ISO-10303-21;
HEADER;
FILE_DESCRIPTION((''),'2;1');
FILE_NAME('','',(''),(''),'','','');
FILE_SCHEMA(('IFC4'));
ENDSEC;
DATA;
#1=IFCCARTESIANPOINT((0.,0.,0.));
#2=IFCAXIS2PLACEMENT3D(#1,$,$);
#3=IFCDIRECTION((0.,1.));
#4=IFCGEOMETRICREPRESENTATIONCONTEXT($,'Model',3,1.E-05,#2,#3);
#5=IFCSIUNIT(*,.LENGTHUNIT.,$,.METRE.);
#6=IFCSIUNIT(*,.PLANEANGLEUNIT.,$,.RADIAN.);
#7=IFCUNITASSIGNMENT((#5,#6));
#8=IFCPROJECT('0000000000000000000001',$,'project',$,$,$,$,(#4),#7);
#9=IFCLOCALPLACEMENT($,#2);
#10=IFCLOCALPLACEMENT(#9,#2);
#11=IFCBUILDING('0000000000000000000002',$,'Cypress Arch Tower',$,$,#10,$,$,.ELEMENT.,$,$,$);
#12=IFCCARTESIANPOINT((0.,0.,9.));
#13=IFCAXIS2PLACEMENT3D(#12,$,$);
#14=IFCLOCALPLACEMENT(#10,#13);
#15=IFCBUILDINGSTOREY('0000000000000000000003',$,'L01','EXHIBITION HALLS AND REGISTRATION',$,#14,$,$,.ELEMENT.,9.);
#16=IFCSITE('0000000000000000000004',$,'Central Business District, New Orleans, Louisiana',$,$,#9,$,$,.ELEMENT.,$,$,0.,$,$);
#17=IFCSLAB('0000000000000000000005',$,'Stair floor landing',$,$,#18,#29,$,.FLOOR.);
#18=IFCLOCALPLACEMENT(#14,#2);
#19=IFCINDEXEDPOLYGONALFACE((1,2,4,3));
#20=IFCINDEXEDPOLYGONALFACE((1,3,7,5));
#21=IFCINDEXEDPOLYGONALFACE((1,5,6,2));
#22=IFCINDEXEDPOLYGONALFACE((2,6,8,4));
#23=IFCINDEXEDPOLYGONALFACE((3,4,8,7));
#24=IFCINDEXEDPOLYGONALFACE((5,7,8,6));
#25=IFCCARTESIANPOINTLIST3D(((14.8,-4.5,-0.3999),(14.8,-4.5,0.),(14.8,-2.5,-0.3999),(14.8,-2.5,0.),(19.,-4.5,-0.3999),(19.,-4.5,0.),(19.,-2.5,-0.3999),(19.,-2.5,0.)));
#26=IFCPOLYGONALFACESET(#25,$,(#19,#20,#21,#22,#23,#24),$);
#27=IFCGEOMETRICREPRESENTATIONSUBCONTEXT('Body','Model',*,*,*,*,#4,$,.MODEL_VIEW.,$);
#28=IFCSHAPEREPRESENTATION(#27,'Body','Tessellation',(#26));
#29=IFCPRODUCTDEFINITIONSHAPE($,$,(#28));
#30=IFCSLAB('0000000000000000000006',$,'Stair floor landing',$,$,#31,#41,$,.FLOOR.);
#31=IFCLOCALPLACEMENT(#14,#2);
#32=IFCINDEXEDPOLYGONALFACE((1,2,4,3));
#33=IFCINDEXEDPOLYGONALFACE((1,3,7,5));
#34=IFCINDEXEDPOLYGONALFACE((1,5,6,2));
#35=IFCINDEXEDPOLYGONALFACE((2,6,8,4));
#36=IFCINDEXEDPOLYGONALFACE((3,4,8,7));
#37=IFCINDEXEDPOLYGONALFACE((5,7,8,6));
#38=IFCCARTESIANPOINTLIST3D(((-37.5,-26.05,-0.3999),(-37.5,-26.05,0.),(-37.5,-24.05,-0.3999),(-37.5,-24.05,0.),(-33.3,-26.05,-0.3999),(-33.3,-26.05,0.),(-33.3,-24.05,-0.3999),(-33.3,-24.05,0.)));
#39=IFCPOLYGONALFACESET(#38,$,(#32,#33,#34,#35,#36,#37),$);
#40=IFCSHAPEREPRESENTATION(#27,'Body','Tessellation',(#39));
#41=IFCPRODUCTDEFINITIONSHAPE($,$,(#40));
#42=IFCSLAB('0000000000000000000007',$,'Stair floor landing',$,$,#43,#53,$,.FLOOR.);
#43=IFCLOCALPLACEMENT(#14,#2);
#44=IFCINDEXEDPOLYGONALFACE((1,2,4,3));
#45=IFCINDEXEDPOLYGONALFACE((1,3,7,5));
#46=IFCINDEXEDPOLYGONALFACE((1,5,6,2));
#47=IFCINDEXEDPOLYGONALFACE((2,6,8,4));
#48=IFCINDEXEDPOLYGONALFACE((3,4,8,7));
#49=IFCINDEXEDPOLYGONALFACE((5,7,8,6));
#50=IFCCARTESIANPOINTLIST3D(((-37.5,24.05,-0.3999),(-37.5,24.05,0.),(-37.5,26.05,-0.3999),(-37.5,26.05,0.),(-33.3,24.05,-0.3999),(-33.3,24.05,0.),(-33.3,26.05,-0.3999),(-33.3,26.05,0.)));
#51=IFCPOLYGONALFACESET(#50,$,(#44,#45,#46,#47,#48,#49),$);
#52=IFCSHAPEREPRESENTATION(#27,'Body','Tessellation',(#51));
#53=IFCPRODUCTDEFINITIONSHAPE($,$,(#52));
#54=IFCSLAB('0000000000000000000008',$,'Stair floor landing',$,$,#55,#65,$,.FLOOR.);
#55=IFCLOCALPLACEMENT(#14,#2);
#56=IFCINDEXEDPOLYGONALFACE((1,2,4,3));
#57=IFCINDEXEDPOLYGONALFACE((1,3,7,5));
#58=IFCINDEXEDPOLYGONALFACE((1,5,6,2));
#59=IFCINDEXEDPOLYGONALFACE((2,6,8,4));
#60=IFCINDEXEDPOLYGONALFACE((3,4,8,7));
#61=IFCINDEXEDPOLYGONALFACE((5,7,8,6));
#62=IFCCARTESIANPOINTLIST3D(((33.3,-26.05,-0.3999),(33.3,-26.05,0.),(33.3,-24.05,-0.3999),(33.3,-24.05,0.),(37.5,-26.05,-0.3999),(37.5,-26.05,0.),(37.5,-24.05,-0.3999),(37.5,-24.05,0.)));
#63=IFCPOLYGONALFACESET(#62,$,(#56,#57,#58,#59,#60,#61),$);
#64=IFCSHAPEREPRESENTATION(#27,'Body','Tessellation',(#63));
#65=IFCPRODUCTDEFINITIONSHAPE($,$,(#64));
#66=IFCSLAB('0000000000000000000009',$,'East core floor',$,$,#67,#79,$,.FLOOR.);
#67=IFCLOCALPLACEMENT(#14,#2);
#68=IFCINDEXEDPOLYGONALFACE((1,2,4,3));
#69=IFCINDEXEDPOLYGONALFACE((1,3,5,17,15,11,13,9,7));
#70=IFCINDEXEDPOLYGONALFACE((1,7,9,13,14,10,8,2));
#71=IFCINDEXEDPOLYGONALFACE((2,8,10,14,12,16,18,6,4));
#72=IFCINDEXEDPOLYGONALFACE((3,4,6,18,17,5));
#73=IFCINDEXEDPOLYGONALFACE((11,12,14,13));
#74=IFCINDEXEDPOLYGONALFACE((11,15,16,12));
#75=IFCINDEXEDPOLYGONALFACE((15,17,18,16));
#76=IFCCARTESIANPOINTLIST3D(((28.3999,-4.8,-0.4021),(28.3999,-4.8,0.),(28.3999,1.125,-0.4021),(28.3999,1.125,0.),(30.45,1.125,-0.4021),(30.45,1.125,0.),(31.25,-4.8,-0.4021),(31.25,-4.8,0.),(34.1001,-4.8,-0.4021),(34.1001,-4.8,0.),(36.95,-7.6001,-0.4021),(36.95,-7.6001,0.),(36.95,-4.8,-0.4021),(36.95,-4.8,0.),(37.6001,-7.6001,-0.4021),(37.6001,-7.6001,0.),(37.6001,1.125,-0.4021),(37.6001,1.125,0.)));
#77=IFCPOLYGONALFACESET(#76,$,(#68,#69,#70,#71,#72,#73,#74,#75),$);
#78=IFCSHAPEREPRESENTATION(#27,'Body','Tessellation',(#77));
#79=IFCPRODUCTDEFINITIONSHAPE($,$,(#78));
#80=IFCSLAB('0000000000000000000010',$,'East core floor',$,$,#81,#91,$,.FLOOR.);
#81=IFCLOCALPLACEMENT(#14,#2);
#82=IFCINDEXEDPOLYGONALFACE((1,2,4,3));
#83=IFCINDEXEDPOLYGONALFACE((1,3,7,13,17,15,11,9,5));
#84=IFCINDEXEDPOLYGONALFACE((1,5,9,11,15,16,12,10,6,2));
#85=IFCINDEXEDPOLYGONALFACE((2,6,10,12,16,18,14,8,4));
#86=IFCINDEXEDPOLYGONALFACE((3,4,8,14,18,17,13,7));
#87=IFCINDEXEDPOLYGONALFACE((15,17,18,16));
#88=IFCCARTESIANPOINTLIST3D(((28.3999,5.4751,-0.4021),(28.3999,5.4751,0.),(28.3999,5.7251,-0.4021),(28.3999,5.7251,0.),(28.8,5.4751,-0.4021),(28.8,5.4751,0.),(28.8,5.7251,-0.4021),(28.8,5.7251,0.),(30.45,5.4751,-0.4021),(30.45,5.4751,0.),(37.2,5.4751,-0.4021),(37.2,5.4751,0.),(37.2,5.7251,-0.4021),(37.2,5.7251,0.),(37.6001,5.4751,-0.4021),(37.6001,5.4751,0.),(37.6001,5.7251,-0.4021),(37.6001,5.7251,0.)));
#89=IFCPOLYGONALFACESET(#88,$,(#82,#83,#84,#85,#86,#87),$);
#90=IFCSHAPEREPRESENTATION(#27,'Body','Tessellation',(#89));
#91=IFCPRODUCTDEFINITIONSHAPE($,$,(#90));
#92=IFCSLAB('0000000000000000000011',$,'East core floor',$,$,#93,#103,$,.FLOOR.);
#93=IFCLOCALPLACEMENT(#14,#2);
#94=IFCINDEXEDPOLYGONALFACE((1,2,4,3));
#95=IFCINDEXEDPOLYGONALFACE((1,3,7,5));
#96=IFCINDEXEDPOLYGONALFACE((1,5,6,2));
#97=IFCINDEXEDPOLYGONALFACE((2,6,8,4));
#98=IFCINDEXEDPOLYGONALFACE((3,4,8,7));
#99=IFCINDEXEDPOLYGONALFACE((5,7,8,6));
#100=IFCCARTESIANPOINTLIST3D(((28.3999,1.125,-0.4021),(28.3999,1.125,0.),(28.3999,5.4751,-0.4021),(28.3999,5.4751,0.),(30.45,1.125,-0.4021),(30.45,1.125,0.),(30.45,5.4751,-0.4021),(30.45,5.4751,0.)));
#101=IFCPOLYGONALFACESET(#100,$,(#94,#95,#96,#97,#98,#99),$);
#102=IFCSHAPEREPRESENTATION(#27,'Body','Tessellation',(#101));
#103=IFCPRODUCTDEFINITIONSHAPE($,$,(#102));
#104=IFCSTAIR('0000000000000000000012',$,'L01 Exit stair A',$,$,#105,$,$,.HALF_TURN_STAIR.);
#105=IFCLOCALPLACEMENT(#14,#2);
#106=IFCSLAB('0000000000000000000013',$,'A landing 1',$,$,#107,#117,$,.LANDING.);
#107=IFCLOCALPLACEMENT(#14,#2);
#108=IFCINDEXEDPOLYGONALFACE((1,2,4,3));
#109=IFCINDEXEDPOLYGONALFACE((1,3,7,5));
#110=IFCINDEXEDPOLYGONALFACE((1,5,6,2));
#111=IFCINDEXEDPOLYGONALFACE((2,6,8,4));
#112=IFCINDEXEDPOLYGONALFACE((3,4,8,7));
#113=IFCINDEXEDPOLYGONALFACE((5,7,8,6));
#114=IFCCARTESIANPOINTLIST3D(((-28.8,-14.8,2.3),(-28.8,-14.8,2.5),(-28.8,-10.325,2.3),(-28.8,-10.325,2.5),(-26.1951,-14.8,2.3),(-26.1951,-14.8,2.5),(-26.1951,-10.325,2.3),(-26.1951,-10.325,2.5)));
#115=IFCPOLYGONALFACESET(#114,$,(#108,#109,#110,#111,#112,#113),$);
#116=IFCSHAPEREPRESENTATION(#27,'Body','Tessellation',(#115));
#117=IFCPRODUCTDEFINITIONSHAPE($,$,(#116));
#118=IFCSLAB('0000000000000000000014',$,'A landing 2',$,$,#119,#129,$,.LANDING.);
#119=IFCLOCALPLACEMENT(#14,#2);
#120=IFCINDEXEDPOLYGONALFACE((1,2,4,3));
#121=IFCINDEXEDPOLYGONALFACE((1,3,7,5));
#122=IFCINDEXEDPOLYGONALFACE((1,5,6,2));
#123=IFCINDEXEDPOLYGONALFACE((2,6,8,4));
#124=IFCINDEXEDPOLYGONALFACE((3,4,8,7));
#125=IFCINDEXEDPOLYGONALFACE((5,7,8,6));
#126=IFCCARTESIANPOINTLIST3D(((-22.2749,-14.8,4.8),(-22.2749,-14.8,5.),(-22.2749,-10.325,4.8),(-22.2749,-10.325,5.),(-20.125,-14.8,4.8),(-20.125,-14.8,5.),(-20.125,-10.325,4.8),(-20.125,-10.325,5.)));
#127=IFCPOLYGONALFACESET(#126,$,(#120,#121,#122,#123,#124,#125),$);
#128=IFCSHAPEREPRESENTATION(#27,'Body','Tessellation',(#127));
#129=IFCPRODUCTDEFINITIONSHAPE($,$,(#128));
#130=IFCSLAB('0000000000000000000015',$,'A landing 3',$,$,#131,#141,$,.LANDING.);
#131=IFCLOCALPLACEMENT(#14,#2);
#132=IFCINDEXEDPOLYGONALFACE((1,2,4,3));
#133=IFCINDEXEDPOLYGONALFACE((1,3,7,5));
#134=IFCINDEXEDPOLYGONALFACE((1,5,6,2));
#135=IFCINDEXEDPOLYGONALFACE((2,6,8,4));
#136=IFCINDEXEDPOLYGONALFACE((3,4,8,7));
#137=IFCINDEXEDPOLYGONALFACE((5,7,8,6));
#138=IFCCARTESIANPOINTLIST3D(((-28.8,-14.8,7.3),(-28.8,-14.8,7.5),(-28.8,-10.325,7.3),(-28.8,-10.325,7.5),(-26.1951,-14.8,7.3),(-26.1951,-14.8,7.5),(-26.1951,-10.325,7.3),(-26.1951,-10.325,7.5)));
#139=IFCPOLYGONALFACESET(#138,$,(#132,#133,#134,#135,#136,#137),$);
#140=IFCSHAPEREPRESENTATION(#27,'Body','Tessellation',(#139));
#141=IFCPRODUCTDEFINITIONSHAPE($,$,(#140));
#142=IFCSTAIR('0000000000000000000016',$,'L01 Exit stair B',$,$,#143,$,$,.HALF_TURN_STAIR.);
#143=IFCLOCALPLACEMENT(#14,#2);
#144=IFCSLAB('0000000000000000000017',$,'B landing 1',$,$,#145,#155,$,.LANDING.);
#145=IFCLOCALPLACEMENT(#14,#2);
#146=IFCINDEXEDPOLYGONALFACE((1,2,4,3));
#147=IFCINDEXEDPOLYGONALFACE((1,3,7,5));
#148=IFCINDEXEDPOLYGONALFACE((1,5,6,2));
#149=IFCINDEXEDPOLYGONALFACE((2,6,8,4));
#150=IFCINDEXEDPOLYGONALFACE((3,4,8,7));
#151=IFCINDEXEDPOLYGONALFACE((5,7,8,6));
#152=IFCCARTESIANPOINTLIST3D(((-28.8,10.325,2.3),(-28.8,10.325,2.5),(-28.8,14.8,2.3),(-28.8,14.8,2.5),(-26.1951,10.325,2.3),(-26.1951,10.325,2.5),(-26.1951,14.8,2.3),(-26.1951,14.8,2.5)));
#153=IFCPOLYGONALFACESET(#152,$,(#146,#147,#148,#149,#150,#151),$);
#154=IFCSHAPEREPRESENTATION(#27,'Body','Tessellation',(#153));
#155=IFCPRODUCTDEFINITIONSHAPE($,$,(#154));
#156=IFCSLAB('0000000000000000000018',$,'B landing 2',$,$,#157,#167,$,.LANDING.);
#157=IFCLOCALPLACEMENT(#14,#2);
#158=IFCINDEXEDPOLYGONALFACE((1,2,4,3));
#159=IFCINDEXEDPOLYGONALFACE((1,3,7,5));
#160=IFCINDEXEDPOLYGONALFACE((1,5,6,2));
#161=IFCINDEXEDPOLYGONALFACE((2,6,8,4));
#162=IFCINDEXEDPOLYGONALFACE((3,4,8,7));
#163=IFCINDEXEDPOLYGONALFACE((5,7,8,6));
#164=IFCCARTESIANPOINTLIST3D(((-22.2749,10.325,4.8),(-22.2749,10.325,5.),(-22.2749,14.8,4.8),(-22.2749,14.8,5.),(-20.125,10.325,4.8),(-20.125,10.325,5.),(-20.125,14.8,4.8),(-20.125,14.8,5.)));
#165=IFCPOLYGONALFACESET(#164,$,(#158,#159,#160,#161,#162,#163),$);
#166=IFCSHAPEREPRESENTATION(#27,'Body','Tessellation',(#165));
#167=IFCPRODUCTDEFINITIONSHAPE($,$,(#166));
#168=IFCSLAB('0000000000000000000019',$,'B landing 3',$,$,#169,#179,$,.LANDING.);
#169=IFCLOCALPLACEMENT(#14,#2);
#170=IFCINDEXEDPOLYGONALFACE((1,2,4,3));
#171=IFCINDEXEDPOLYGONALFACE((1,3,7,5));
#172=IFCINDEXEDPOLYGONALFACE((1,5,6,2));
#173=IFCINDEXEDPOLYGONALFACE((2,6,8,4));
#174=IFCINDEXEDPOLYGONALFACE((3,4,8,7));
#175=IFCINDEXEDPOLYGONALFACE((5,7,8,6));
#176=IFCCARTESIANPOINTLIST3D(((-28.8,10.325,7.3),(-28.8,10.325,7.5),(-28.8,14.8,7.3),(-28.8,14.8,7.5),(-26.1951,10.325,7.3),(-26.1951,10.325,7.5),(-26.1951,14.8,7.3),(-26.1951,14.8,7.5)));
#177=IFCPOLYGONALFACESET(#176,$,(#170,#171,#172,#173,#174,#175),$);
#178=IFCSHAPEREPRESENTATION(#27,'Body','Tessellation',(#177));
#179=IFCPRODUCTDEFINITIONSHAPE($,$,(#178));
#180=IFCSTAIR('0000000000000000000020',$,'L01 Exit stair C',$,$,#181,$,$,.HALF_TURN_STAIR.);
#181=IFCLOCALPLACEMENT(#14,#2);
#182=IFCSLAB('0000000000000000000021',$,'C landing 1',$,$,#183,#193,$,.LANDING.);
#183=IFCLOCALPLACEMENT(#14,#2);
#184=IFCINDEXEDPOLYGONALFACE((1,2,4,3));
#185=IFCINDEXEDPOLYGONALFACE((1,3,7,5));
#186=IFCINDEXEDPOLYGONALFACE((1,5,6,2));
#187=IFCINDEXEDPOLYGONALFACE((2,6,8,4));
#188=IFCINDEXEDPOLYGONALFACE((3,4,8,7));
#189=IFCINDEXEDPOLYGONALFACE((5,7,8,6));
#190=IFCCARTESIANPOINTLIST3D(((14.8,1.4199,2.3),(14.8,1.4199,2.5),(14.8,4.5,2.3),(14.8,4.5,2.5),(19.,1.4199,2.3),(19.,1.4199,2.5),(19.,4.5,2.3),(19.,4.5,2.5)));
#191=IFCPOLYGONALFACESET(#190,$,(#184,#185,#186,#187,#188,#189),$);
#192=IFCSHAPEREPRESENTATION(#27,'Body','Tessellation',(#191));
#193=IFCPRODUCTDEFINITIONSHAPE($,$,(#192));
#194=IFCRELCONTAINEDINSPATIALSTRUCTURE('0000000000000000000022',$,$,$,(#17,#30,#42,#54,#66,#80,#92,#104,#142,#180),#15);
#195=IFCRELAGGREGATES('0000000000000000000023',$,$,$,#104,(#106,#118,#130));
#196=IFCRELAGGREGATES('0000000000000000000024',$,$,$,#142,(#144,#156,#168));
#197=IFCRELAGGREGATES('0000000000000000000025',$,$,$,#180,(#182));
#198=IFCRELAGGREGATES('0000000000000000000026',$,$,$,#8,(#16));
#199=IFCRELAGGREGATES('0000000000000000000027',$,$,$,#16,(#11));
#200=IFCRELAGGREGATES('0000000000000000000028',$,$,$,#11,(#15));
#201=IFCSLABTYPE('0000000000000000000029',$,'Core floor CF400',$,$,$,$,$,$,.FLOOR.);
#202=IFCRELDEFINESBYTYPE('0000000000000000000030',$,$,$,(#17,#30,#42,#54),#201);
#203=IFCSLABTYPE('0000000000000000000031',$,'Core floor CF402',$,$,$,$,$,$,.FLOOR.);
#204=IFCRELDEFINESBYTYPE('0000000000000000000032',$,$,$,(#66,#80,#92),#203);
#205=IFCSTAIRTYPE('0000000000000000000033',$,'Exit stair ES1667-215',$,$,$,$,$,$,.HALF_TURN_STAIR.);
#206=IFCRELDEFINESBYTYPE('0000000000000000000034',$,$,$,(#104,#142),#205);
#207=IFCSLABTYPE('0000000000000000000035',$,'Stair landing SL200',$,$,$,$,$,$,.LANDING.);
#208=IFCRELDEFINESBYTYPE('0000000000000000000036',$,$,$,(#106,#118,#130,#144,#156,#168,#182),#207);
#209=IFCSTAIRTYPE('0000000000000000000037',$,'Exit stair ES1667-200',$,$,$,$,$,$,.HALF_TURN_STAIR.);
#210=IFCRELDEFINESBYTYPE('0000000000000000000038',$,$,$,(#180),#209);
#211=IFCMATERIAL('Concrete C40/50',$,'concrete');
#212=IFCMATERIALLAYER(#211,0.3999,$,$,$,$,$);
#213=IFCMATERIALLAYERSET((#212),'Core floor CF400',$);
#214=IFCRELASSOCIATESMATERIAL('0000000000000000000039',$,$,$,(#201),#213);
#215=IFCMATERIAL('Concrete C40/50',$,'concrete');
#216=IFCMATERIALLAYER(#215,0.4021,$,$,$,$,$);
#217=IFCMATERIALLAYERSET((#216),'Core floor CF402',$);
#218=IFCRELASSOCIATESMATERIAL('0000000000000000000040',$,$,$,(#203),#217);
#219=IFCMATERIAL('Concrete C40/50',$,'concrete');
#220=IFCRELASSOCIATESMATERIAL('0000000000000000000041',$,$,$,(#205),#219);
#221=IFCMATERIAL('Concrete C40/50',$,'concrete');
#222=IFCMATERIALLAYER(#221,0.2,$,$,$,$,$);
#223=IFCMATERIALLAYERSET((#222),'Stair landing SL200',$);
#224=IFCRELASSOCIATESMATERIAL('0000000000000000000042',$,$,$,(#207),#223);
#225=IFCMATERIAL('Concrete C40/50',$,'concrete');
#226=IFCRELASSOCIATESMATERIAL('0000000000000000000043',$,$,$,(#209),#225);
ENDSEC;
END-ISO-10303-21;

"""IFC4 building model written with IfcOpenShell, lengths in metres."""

from ifc_helpers import new_model, si_unit, direction, frame, origin, place, context, subcontext, project, spatial, polyline, outline, extrude, material, layer, layer_set, type_object, element, aggregate, save


model = new_model("IFC4")

# Units and contexts
model_context = context("Model", 3, precision=1e-05, world=origin(), true_north=direction((0.0, 1.0)))
body_context = subcontext(model_context, "Body", "Model", "MODEL_VIEW")
ifc_project = project(units=[si_unit("LENGTHUNIT", "METRE"), si_unit("PLANEANGLEUNIT", "RADIAN")], contexts=[model_context])

# Site, building, storey
site_placement = place(None, origin())
site = spatial("IfcSite", under=ifc_project, at=site_placement, Name="Central Business District, New Orleans, Louisiana", CompositionType="ELEMENT", RefElevation=0.0)
building_placement = place(site_placement, origin())
building = spatial("IfcBuilding", under=site, at=building_placement, Name="Cypress Arch Tower", CompositionType="ELEMENT")
storey_placement = place(building_placement, frame((0.0, 0.0, 9.0)))
storey = spatial("IfcBuildingStorey", under=building, at=storey_placement, Name="L01", Description="EXHIBITION HALLS AND REGISTRATION", CompositionType="ELEMENT", Elevation=9.0)

# Slabs
ifc_material_1 = material(Name="Concrete C40/50", Category="concrete")
ifc_layer_1 = layer(ifc_material_1, 0.3999)
ifc_layer_set_1 = layer_set([ifc_layer_1], Name="Core floor CF400")
slab_type_1 = type_object("IfcSlabType", Name="Core floor CF400", PredefinedType="FLOOR", material=ifc_layer_set_1)
slab_1_placement = place(storey_placement, frame((0.0, 0.0, -0.3999)))
element("IfcSlab", 1, at=slab_1_placement, inside=storey, type_object=slab_type_1, Name="Stair floor landing", PredefinedType="FLOOR", context=body_context, shape_type="SweptSolid", body=[
    extrude(outline(polyline([(19.0, -4.5), (19.0, -2.5), (14.8, -2.5), (14.8, -4.5), (19.0, -4.5)])), origin(), (0.0, 0.0, 1.0), 0.3999),
])
slab_2_placement = place(storey_placement, frame((0.0, 0.0, -0.3999)))
element("IfcSlab", 2, at=slab_2_placement, inside=storey, type_object=slab_type_1, Name="Stair floor landing", PredefinedType="FLOOR", context=body_context, shape_type="SweptSolid", body=[
    extrude(outline(polyline([(-33.3, -26.05), (-33.3, -24.05), (-37.5, -24.05), (-37.5, -26.05), (-33.3, -26.05)])), origin(), (0.0, 0.0, 1.0), 0.3999),
])
slab_3_placement = place(storey_placement, frame((0.0, 0.0, -0.3999)))
element("IfcSlab", 3, at=slab_3_placement, inside=storey, type_object=slab_type_1, Name="Stair floor landing", PredefinedType="FLOOR", context=body_context, shape_type="SweptSolid", body=[
    extrude(outline(polyline([(-37.5, 26.05), (-37.5, 24.05), (-33.3, 24.05), (-33.3, 26.05), (-37.5, 26.05)])), origin(), (0.0, 0.0, 1.0), 0.3999),
])
slab_4_placement = place(storey_placement, frame((0.0, 0.0, -0.3999)))
element("IfcSlab", 4, at=slab_4_placement, inside=storey, type_object=slab_type_1, Name="Stair floor landing", PredefinedType="FLOOR", context=body_context, shape_type="SweptSolid", body=[
    extrude(outline(polyline([(37.5, -26.05), (37.5, -24.05), (33.3, -24.05), (33.3, -26.05), (37.5, -26.05)])), origin(), (0.0, 0.0, 1.0), 0.3999),
])
ifc_material_2 = material(Name="Concrete C40/50", Category="concrete")
ifc_layer_2 = layer(ifc_material_2, 0.4021)
ifc_layer_set_2 = layer_set([ifc_layer_2], Name="Core floor CF402")
slab_type_2 = type_object("IfcSlabType", Name="Core floor CF402", PredefinedType="FLOOR", material=ifc_layer_set_2)
slab_5_placement = place(storey_placement, frame((0.0, 0.0, -0.4021)))
element("IfcSlab", 5, at=slab_5_placement, inside=storey, type_object=slab_type_2, Name="East core floor", PredefinedType="FLOOR", context=body_context, shape_type="SweptSolid", body=[
    extrude(outline(polyline([(37.6001, -7.6001), (37.6001, 1.125), (30.45, 1.125), (28.3999, 1.125), (28.3999, -4.8), (31.25, -4.8), (34.1001, -4.8), (36.95, -4.8), (36.95, -7.6001), (37.6001, -7.6001)])), origin(), (0.0, 0.0, 1.0), 0.4021),
])
slab_6_placement = place(storey_placement, frame((0.0, 0.0, -0.4021)))
element("IfcSlab", 6, at=slab_6_placement, inside=storey, type_object=slab_type_2, Name="East core floor", PredefinedType="FLOOR", context=body_context, shape_type="SweptSolid", body=[
    extrude(outline(polyline([(30.45, 5.4751), (28.8, 5.4751), (28.3999, 5.4751), (28.3999, 5.7251), (28.8, 5.7251), (37.2, 5.7251), (37.6001, 5.7251), (37.6001, 5.4751), (37.2, 5.4751), (30.45, 5.4751)])), origin(), (0.0, 0.0, 1.0), 0.4021),
])
slab_7_placement = place(storey_placement, frame((0.0, 0.0, -0.4021)))
element("IfcSlab", 7, at=slab_7_placement, inside=storey, type_object=slab_type_2, Name="East core floor", PredefinedType="FLOOR", context=body_context, shape_type="SweptSolid", body=[
    extrude(outline(polyline([(30.45, 5.4751), (28.3999, 5.4751), (28.3999, 1.125), (30.45, 1.125), (30.45, 5.4751)])), origin(), (0.0, 0.0, 1.0), 0.4021),
])

# Stairs, slabs
ifc_material_3 = material(Name="Concrete C40/50", Category="concrete")
stair_type_1 = type_object("IfcStairType", Name="Exit stair ES1667-215", PredefinedType="HALF_TURN_STAIR", material=ifc_material_3)
stair_1_placement = place(storey_placement, origin())
stair_1 = element("IfcStair", 8, at=stair_1_placement, inside=storey, type_object=stair_type_1, Name="L01 Exit stair A", PredefinedType="HALF_TURN_STAIR")
ifc_material_4 = material(Name="Concrete C40/50", Category="concrete")
ifc_layer_3 = layer(ifc_material_4, 0.2)
ifc_layer_set_3 = layer_set([ifc_layer_3], Name="Stair landing SL200")
slab_type_3 = type_object("IfcSlabType", Name="Stair landing SL200", PredefinedType="LANDING", material=ifc_layer_set_3)
slab_8_placement = place(storey_placement, frame((0.0, 0.0, 2.3)))
slab_8 = element("IfcSlab", 9, at=slab_8_placement, type_object=slab_type_3, Name="A landing 1", PredefinedType="LANDING", context=body_context, shape_type="SweptSolid", body=[
    extrude(outline(polyline([(-26.1951, -10.325), (-28.8, -10.325), (-28.8, -14.8), (-26.1951, -14.8), (-26.1951, -10.325)])), origin(), (0.0, 0.0, 1.0), 0.2),
])
slab_9_placement = place(storey_placement, frame((0.0, 0.0, 4.8)))
slab_9 = element("IfcSlab", 10, at=slab_9_placement, type_object=slab_type_3, Name="A landing 2", PredefinedType="LANDING", context=body_context, shape_type="SweptSolid", body=[
    extrude(outline(polyline([(-20.125, -10.325), (-22.2749, -10.325), (-22.2749, -14.8), (-20.125, -14.8), (-20.125, -10.325)])), origin(), (0.0, 0.0, 1.0), 0.2),
])
slab_10_placement = place(storey_placement, frame((0.0, 0.0, 7.3)))
slab_10 = element("IfcSlab", 11, at=slab_10_placement, type_object=slab_type_3, Name="A landing 3", PredefinedType="LANDING", context=body_context, shape_type="SweptSolid", body=[
    extrude(outline(polyline([(-26.1951, -10.325), (-28.8, -10.325), (-28.8, -14.8), (-26.1951, -14.8), (-26.1951, -10.325)])), origin(), (0.0, 0.0, 1.0), 0.2),
])
aggregate(stair_1, [slab_8, slab_9, slab_10])
stair_2_placement = place(storey_placement, origin())
stair_2 = element("IfcStair", 12, at=stair_2_placement, inside=storey, type_object=stair_type_1, Name="L01 Exit stair B", PredefinedType="HALF_TURN_STAIR")
slab_11_placement = place(storey_placement, frame((0.0, 0.0, 2.3)))
slab_11 = element("IfcSlab", 13, at=slab_11_placement, type_object=slab_type_3, Name="B landing 1", PredefinedType="LANDING", context=body_context, shape_type="SweptSolid", body=[
    extrude(outline(polyline([(-26.1951, 14.8), (-28.8, 14.8), (-28.8, 10.325), (-26.1951, 10.325), (-26.1951, 14.8)])), origin(), (0.0, 0.0, 1.0), 0.2),
])
slab_12_placement = place(storey_placement, frame((0.0, 0.0, 4.8)))
slab_12 = element("IfcSlab", 14, at=slab_12_placement, type_object=slab_type_3, Name="B landing 2", PredefinedType="LANDING", context=body_context, shape_type="SweptSolid", body=[
    extrude(outline(polyline([(-20.125, 14.8), (-22.2749, 14.8), (-22.2749, 10.325), (-20.125, 10.325), (-20.125, 14.8)])), origin(), (0.0, 0.0, 1.0), 0.2),
])
slab_13_placement = place(storey_placement, frame((0.0, 0.0, 7.3)))
slab_13 = element("IfcSlab", 15, at=slab_13_placement, type_object=slab_type_3, Name="B landing 3", PredefinedType="LANDING", context=body_context, shape_type="SweptSolid", body=[
    extrude(outline(polyline([(-26.1951, 14.8), (-28.8, 14.8), (-28.8, 10.325), (-26.1951, 10.325), (-26.1951, 14.8)])), origin(), (0.0, 0.0, 1.0), 0.2),
])
aggregate(stair_2, [slab_11, slab_12, slab_13])
ifc_material_5 = material(Name="Concrete C40/50", Category="concrete")
stair_type_2 = type_object("IfcStairType", Name="Exit stair ES1667-200", PredefinedType="HALF_TURN_STAIR", material=ifc_material_5)
stair_3_placement = place(storey_placement, origin())
stair_3 = element("IfcStair", 16, at=stair_3_placement, inside=storey, type_object=stair_type_2, Name="L01 Exit stair C", PredefinedType="HALF_TURN_STAIR")
slab_14_placement = place(storey_placement, frame((0.0, 0.0, 2.3)))
slab_14 = element("IfcSlab", 17, at=slab_14_placement, type_object=slab_type_3, Name="C landing 1", PredefinedType="LANDING", context=body_context, shape_type="SweptSolid", body=[
    extrude(outline(polyline([(19.0, 1.4199), (19.0, 4.5), (14.8, 4.5), (14.8, 1.4199), (19.0, 1.4199)])), origin(), (0.0, 0.0, 1.0), 0.2),
])
aggregate(stair_3, [slab_14])

save(model, "model.ifc")
